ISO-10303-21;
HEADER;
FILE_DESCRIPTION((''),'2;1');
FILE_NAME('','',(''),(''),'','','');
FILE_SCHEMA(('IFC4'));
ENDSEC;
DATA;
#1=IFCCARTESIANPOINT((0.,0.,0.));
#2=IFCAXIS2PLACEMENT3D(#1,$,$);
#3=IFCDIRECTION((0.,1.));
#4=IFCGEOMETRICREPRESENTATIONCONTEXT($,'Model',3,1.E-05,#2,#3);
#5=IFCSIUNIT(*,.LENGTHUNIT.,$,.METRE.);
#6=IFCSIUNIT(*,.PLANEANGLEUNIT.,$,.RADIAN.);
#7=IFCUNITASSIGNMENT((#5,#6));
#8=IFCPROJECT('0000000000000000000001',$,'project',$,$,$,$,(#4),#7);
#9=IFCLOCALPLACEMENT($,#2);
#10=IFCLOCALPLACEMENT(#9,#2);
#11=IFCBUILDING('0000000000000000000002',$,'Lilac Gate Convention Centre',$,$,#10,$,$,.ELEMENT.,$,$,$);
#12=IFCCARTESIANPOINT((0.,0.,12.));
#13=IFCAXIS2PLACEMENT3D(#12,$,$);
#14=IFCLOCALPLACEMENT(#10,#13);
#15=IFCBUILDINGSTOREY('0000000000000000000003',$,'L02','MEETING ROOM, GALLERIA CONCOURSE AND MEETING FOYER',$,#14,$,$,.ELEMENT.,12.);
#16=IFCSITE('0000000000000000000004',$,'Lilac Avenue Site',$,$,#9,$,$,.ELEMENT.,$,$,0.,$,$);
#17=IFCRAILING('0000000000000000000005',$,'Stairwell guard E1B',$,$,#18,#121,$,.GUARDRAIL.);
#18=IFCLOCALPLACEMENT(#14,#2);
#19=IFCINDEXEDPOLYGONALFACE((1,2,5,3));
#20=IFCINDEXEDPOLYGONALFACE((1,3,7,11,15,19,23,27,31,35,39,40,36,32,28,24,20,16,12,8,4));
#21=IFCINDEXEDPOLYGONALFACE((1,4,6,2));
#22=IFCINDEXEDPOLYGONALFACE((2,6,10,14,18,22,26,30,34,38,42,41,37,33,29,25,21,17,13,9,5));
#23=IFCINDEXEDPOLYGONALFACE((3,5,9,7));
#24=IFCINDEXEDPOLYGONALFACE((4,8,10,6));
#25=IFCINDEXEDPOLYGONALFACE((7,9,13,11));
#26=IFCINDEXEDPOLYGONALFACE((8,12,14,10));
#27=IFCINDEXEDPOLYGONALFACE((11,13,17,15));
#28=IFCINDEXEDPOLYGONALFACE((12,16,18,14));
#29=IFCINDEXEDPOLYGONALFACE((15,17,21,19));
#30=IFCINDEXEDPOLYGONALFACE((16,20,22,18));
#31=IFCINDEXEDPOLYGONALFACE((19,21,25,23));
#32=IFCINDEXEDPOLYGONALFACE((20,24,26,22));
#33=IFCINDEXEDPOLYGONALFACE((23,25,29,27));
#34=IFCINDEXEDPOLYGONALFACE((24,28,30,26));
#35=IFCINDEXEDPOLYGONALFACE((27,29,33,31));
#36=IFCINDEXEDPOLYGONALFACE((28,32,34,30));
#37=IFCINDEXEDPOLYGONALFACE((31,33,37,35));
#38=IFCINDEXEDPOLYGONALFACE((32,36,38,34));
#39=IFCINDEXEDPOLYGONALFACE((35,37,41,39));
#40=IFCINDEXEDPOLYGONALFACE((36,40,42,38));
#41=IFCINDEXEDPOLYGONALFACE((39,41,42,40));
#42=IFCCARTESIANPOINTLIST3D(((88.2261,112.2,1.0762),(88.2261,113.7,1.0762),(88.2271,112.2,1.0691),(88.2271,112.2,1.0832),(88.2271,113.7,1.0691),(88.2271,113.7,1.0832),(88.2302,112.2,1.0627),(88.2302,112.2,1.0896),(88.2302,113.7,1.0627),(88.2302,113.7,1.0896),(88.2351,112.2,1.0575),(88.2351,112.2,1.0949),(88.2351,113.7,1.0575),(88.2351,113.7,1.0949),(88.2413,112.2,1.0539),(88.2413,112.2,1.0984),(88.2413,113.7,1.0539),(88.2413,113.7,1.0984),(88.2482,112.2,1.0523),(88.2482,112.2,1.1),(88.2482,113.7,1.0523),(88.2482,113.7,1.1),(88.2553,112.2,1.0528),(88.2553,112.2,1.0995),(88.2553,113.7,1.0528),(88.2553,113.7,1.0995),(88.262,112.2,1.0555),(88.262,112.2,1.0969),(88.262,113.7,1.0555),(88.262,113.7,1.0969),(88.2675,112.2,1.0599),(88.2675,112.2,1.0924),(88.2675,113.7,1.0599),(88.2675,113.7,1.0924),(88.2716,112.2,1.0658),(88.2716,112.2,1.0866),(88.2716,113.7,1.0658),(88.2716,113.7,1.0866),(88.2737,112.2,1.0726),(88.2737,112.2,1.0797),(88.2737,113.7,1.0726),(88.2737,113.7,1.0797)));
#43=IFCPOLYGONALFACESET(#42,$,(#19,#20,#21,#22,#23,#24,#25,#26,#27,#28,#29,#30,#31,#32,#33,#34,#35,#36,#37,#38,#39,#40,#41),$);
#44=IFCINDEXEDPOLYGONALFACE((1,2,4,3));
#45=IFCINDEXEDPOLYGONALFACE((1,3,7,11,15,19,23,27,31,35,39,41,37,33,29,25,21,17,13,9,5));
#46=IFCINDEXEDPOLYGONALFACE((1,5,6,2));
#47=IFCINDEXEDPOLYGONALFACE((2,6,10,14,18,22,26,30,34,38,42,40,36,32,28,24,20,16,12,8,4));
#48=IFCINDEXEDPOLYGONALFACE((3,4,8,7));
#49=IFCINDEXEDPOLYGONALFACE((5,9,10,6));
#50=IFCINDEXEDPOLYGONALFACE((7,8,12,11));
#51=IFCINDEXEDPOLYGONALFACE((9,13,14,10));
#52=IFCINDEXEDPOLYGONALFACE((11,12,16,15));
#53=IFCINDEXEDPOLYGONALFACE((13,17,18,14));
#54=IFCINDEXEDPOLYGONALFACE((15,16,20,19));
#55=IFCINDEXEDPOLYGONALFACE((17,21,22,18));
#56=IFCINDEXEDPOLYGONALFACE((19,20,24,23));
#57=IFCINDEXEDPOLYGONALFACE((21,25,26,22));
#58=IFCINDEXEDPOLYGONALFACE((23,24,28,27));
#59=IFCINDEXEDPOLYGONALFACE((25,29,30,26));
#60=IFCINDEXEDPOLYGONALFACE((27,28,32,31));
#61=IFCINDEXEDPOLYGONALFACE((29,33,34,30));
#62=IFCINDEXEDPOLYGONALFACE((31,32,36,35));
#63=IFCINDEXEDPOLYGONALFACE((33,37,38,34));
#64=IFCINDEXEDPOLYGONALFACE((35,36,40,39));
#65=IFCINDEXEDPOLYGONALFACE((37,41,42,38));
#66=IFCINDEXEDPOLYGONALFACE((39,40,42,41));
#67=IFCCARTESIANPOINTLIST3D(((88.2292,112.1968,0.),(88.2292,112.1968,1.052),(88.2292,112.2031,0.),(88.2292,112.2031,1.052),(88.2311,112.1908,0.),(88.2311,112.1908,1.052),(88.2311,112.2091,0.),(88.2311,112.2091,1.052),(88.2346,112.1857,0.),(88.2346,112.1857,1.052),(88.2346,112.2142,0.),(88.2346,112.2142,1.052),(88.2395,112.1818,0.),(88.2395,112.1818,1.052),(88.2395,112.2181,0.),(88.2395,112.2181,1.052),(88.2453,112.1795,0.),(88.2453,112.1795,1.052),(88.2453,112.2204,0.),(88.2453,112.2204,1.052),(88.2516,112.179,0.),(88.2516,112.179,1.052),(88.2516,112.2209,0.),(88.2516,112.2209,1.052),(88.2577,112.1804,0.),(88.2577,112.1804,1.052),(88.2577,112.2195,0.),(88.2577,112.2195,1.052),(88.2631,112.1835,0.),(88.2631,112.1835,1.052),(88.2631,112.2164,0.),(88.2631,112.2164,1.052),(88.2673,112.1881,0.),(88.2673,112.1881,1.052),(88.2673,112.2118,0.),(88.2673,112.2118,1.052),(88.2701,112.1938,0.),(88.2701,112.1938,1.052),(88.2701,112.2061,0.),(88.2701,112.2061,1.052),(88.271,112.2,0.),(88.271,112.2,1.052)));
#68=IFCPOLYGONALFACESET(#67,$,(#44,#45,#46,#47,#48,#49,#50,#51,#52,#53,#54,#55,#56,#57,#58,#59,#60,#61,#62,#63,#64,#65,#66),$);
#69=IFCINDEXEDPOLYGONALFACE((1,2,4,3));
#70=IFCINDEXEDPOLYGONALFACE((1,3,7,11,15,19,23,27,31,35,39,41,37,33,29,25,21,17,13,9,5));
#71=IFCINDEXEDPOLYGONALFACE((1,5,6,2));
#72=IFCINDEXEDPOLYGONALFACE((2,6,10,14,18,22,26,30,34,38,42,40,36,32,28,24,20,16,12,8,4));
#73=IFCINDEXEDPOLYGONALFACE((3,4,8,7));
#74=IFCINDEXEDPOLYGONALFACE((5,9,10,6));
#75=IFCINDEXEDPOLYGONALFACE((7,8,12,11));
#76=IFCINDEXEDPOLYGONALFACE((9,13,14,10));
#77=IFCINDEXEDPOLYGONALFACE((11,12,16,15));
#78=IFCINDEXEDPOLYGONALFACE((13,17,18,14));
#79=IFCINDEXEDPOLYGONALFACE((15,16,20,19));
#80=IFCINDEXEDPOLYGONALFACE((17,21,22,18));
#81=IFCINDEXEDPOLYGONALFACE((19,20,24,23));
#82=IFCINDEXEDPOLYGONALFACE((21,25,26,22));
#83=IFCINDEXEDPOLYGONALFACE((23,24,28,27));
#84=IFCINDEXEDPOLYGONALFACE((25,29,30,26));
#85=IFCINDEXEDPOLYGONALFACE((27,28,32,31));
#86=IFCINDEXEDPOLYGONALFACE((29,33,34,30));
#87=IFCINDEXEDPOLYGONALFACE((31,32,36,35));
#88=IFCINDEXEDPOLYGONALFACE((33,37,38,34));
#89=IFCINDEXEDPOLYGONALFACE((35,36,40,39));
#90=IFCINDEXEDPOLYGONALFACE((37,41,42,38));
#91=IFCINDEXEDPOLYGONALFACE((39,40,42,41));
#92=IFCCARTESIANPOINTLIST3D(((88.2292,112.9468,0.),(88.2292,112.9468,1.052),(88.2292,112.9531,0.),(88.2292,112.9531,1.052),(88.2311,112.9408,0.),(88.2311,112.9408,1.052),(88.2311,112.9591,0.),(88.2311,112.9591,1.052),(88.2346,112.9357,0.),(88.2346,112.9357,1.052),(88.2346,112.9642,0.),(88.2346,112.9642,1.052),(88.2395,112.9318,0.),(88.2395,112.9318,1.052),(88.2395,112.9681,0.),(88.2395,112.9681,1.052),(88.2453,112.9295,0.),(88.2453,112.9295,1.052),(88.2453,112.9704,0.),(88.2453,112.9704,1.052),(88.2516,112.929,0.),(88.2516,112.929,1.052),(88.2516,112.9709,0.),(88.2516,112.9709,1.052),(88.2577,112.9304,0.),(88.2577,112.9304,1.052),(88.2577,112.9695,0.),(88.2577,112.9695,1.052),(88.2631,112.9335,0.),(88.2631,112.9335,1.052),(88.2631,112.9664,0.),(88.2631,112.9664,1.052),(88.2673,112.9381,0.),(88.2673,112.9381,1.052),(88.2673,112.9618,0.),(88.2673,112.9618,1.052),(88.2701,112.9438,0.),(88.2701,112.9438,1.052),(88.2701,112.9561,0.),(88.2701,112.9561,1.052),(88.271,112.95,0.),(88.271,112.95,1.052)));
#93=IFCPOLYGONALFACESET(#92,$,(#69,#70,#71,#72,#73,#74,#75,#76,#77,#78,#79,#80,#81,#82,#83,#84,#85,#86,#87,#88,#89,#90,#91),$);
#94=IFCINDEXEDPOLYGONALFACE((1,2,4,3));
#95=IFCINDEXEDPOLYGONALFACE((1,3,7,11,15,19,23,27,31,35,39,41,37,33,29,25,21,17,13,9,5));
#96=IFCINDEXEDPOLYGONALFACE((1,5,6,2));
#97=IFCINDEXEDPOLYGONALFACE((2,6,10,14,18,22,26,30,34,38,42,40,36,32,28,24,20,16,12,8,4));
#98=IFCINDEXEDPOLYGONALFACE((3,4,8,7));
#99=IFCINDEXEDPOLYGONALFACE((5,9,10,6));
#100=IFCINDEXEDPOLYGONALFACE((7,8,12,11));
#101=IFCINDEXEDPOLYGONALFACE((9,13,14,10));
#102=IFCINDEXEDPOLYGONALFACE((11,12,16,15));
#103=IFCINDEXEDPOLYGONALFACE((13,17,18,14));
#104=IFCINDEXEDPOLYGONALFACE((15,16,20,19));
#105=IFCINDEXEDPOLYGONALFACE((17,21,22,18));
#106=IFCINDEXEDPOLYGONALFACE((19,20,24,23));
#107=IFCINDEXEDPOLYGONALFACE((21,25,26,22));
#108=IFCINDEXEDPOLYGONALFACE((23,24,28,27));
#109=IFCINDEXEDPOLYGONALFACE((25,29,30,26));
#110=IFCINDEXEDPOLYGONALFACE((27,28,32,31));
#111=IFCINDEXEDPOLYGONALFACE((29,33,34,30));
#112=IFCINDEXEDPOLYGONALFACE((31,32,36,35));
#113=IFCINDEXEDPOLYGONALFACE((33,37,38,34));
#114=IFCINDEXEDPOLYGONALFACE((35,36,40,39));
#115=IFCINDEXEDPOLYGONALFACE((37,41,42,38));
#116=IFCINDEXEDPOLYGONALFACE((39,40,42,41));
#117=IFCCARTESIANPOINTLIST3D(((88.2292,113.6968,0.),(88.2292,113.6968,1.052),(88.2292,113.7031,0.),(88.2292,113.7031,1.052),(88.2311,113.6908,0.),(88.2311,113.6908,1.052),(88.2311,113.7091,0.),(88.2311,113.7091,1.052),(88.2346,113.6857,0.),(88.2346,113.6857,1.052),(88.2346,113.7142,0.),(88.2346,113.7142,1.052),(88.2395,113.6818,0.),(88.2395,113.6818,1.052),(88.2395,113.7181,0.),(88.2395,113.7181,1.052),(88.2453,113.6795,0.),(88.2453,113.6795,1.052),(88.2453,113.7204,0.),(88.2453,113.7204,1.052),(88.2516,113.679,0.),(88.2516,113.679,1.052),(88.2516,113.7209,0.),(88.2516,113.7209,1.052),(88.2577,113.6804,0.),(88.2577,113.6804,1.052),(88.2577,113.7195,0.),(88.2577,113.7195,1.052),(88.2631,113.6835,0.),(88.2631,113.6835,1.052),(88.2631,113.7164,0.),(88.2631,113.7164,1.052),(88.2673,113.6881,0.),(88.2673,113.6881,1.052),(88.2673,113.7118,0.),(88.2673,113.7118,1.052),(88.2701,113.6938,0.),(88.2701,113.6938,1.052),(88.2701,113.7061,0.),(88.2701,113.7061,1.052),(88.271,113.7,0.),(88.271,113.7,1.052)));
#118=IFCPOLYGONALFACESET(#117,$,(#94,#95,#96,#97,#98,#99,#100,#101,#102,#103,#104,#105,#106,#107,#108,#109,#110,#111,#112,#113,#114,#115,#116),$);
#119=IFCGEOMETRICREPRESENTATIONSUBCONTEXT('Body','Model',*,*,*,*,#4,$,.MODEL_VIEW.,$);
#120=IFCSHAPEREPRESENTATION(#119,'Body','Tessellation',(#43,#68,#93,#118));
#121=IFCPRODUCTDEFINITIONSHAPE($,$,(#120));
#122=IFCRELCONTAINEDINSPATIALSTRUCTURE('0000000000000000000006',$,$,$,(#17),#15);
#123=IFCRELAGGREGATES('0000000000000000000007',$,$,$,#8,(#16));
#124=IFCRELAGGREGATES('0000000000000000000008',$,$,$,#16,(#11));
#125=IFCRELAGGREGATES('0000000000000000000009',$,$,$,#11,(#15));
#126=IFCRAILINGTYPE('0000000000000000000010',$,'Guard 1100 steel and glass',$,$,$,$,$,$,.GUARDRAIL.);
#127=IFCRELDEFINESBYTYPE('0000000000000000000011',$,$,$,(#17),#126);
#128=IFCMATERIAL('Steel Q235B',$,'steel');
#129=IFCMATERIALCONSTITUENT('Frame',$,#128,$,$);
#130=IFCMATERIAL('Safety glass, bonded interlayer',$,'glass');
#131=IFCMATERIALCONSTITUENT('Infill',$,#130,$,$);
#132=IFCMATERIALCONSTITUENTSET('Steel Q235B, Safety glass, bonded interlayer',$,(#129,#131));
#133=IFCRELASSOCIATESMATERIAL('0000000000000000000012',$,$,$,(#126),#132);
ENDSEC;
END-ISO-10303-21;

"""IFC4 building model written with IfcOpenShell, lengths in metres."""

from ifc_helpers import new_model, si_unit, direction, frame, origin, origin_2d, place, context, subcontext, project, spatial, circle, extrude, material, constituent, constituent_set, type_object, element, save


model = new_model("IFC4")

# Units and contexts
model_context = context("Model", 3, precision=1e-05, world=origin(), true_north=direction((0.0, 1.0)))
body_context = subcontext(model_context, "Body", "Model", "MODEL_VIEW")
ifc_project = project(units=[si_unit("LENGTHUNIT", "METRE"), si_unit("PLANEANGLEUNIT", "RADIAN")], contexts=[model_context])

# Site, building, storey
site_placement = place(None, origin())
site = spatial("IfcSite", under=ifc_project, at=site_placement, Name="Lilac Avenue Site", CompositionType="ELEMENT", RefElevation=0.0)
building_placement = place(site_placement, origin())
building = spatial("IfcBuilding", under=site, at=building_placement, Name="Lilac Gate Convention Centre", CompositionType="ELEMENT")
storey_placement = place(building_placement, frame((0.0, 0.0, 12.0)))
storey = spatial("IfcBuildingStorey", under=building, at=storey_placement, Name="L02", Description="MEETING ROOM, GALLERIA CONCOURSE AND MEETING FOYER", CompositionType="ELEMENT", Elevation=12.0)

# Railing
ifc_material_1 = material(Name="Steel Q235B", Category="steel")
ifc_constituent_1 = constituent(ifc_material_1, Name="Frame")
ifc_material_2 = material(Name="Safety glass, bonded interlayer", Category="glass")
ifc_constituent_2 = constituent(ifc_material_2, Name="Infill")
ifc_constituent_set = constituent_set(constituents=[ifc_constituent_1, ifc_constituent_2], Name="Steel Q235B, Safety glass, bonded interlayer")
railing_type = type_object("IfcRailingType", Name="Guard 1100 steel and glass", PredefinedType="GUARDRAIL", material=ifc_constituent_set)
railing_placement = place(storey_placement, frame((88.25, 112.2, 0.0)))
element("IfcRailing", 1, at=railing_placement, inside=storey, type_object=railing_type, Name="Stairwell guard E1B", PredefinedType="GUARDRAIL", context=body_context, shape_type="SweptSolid", body=[
    extrude(circle(Radius=0.0239, at=origin_2d()), frame((0.0, 0.0, 1.0762), z_axis=(0.0, 1.0, 0.0), x_axis=(-1.0, 0.0, 0.0)), (0.0, 0.0, 1.0), 1.5),
    extrude(circle(Radius=0.021, at=origin_2d()), origin(), (0.0, 0.0, 1.0), 1.052),
    extrude(circle(Radius=0.021, at=origin_2d()), frame((0.0, 0.75, 0.0)), (0.0, 0.0, 1.0), 1.052),
    extrude(circle(Radius=0.021, at=origin_2d()), frame((0.0, 1.5, 0.0)), (0.0, 0.0, 1.0), 1.052),
])

save(model, "model.ifc")
